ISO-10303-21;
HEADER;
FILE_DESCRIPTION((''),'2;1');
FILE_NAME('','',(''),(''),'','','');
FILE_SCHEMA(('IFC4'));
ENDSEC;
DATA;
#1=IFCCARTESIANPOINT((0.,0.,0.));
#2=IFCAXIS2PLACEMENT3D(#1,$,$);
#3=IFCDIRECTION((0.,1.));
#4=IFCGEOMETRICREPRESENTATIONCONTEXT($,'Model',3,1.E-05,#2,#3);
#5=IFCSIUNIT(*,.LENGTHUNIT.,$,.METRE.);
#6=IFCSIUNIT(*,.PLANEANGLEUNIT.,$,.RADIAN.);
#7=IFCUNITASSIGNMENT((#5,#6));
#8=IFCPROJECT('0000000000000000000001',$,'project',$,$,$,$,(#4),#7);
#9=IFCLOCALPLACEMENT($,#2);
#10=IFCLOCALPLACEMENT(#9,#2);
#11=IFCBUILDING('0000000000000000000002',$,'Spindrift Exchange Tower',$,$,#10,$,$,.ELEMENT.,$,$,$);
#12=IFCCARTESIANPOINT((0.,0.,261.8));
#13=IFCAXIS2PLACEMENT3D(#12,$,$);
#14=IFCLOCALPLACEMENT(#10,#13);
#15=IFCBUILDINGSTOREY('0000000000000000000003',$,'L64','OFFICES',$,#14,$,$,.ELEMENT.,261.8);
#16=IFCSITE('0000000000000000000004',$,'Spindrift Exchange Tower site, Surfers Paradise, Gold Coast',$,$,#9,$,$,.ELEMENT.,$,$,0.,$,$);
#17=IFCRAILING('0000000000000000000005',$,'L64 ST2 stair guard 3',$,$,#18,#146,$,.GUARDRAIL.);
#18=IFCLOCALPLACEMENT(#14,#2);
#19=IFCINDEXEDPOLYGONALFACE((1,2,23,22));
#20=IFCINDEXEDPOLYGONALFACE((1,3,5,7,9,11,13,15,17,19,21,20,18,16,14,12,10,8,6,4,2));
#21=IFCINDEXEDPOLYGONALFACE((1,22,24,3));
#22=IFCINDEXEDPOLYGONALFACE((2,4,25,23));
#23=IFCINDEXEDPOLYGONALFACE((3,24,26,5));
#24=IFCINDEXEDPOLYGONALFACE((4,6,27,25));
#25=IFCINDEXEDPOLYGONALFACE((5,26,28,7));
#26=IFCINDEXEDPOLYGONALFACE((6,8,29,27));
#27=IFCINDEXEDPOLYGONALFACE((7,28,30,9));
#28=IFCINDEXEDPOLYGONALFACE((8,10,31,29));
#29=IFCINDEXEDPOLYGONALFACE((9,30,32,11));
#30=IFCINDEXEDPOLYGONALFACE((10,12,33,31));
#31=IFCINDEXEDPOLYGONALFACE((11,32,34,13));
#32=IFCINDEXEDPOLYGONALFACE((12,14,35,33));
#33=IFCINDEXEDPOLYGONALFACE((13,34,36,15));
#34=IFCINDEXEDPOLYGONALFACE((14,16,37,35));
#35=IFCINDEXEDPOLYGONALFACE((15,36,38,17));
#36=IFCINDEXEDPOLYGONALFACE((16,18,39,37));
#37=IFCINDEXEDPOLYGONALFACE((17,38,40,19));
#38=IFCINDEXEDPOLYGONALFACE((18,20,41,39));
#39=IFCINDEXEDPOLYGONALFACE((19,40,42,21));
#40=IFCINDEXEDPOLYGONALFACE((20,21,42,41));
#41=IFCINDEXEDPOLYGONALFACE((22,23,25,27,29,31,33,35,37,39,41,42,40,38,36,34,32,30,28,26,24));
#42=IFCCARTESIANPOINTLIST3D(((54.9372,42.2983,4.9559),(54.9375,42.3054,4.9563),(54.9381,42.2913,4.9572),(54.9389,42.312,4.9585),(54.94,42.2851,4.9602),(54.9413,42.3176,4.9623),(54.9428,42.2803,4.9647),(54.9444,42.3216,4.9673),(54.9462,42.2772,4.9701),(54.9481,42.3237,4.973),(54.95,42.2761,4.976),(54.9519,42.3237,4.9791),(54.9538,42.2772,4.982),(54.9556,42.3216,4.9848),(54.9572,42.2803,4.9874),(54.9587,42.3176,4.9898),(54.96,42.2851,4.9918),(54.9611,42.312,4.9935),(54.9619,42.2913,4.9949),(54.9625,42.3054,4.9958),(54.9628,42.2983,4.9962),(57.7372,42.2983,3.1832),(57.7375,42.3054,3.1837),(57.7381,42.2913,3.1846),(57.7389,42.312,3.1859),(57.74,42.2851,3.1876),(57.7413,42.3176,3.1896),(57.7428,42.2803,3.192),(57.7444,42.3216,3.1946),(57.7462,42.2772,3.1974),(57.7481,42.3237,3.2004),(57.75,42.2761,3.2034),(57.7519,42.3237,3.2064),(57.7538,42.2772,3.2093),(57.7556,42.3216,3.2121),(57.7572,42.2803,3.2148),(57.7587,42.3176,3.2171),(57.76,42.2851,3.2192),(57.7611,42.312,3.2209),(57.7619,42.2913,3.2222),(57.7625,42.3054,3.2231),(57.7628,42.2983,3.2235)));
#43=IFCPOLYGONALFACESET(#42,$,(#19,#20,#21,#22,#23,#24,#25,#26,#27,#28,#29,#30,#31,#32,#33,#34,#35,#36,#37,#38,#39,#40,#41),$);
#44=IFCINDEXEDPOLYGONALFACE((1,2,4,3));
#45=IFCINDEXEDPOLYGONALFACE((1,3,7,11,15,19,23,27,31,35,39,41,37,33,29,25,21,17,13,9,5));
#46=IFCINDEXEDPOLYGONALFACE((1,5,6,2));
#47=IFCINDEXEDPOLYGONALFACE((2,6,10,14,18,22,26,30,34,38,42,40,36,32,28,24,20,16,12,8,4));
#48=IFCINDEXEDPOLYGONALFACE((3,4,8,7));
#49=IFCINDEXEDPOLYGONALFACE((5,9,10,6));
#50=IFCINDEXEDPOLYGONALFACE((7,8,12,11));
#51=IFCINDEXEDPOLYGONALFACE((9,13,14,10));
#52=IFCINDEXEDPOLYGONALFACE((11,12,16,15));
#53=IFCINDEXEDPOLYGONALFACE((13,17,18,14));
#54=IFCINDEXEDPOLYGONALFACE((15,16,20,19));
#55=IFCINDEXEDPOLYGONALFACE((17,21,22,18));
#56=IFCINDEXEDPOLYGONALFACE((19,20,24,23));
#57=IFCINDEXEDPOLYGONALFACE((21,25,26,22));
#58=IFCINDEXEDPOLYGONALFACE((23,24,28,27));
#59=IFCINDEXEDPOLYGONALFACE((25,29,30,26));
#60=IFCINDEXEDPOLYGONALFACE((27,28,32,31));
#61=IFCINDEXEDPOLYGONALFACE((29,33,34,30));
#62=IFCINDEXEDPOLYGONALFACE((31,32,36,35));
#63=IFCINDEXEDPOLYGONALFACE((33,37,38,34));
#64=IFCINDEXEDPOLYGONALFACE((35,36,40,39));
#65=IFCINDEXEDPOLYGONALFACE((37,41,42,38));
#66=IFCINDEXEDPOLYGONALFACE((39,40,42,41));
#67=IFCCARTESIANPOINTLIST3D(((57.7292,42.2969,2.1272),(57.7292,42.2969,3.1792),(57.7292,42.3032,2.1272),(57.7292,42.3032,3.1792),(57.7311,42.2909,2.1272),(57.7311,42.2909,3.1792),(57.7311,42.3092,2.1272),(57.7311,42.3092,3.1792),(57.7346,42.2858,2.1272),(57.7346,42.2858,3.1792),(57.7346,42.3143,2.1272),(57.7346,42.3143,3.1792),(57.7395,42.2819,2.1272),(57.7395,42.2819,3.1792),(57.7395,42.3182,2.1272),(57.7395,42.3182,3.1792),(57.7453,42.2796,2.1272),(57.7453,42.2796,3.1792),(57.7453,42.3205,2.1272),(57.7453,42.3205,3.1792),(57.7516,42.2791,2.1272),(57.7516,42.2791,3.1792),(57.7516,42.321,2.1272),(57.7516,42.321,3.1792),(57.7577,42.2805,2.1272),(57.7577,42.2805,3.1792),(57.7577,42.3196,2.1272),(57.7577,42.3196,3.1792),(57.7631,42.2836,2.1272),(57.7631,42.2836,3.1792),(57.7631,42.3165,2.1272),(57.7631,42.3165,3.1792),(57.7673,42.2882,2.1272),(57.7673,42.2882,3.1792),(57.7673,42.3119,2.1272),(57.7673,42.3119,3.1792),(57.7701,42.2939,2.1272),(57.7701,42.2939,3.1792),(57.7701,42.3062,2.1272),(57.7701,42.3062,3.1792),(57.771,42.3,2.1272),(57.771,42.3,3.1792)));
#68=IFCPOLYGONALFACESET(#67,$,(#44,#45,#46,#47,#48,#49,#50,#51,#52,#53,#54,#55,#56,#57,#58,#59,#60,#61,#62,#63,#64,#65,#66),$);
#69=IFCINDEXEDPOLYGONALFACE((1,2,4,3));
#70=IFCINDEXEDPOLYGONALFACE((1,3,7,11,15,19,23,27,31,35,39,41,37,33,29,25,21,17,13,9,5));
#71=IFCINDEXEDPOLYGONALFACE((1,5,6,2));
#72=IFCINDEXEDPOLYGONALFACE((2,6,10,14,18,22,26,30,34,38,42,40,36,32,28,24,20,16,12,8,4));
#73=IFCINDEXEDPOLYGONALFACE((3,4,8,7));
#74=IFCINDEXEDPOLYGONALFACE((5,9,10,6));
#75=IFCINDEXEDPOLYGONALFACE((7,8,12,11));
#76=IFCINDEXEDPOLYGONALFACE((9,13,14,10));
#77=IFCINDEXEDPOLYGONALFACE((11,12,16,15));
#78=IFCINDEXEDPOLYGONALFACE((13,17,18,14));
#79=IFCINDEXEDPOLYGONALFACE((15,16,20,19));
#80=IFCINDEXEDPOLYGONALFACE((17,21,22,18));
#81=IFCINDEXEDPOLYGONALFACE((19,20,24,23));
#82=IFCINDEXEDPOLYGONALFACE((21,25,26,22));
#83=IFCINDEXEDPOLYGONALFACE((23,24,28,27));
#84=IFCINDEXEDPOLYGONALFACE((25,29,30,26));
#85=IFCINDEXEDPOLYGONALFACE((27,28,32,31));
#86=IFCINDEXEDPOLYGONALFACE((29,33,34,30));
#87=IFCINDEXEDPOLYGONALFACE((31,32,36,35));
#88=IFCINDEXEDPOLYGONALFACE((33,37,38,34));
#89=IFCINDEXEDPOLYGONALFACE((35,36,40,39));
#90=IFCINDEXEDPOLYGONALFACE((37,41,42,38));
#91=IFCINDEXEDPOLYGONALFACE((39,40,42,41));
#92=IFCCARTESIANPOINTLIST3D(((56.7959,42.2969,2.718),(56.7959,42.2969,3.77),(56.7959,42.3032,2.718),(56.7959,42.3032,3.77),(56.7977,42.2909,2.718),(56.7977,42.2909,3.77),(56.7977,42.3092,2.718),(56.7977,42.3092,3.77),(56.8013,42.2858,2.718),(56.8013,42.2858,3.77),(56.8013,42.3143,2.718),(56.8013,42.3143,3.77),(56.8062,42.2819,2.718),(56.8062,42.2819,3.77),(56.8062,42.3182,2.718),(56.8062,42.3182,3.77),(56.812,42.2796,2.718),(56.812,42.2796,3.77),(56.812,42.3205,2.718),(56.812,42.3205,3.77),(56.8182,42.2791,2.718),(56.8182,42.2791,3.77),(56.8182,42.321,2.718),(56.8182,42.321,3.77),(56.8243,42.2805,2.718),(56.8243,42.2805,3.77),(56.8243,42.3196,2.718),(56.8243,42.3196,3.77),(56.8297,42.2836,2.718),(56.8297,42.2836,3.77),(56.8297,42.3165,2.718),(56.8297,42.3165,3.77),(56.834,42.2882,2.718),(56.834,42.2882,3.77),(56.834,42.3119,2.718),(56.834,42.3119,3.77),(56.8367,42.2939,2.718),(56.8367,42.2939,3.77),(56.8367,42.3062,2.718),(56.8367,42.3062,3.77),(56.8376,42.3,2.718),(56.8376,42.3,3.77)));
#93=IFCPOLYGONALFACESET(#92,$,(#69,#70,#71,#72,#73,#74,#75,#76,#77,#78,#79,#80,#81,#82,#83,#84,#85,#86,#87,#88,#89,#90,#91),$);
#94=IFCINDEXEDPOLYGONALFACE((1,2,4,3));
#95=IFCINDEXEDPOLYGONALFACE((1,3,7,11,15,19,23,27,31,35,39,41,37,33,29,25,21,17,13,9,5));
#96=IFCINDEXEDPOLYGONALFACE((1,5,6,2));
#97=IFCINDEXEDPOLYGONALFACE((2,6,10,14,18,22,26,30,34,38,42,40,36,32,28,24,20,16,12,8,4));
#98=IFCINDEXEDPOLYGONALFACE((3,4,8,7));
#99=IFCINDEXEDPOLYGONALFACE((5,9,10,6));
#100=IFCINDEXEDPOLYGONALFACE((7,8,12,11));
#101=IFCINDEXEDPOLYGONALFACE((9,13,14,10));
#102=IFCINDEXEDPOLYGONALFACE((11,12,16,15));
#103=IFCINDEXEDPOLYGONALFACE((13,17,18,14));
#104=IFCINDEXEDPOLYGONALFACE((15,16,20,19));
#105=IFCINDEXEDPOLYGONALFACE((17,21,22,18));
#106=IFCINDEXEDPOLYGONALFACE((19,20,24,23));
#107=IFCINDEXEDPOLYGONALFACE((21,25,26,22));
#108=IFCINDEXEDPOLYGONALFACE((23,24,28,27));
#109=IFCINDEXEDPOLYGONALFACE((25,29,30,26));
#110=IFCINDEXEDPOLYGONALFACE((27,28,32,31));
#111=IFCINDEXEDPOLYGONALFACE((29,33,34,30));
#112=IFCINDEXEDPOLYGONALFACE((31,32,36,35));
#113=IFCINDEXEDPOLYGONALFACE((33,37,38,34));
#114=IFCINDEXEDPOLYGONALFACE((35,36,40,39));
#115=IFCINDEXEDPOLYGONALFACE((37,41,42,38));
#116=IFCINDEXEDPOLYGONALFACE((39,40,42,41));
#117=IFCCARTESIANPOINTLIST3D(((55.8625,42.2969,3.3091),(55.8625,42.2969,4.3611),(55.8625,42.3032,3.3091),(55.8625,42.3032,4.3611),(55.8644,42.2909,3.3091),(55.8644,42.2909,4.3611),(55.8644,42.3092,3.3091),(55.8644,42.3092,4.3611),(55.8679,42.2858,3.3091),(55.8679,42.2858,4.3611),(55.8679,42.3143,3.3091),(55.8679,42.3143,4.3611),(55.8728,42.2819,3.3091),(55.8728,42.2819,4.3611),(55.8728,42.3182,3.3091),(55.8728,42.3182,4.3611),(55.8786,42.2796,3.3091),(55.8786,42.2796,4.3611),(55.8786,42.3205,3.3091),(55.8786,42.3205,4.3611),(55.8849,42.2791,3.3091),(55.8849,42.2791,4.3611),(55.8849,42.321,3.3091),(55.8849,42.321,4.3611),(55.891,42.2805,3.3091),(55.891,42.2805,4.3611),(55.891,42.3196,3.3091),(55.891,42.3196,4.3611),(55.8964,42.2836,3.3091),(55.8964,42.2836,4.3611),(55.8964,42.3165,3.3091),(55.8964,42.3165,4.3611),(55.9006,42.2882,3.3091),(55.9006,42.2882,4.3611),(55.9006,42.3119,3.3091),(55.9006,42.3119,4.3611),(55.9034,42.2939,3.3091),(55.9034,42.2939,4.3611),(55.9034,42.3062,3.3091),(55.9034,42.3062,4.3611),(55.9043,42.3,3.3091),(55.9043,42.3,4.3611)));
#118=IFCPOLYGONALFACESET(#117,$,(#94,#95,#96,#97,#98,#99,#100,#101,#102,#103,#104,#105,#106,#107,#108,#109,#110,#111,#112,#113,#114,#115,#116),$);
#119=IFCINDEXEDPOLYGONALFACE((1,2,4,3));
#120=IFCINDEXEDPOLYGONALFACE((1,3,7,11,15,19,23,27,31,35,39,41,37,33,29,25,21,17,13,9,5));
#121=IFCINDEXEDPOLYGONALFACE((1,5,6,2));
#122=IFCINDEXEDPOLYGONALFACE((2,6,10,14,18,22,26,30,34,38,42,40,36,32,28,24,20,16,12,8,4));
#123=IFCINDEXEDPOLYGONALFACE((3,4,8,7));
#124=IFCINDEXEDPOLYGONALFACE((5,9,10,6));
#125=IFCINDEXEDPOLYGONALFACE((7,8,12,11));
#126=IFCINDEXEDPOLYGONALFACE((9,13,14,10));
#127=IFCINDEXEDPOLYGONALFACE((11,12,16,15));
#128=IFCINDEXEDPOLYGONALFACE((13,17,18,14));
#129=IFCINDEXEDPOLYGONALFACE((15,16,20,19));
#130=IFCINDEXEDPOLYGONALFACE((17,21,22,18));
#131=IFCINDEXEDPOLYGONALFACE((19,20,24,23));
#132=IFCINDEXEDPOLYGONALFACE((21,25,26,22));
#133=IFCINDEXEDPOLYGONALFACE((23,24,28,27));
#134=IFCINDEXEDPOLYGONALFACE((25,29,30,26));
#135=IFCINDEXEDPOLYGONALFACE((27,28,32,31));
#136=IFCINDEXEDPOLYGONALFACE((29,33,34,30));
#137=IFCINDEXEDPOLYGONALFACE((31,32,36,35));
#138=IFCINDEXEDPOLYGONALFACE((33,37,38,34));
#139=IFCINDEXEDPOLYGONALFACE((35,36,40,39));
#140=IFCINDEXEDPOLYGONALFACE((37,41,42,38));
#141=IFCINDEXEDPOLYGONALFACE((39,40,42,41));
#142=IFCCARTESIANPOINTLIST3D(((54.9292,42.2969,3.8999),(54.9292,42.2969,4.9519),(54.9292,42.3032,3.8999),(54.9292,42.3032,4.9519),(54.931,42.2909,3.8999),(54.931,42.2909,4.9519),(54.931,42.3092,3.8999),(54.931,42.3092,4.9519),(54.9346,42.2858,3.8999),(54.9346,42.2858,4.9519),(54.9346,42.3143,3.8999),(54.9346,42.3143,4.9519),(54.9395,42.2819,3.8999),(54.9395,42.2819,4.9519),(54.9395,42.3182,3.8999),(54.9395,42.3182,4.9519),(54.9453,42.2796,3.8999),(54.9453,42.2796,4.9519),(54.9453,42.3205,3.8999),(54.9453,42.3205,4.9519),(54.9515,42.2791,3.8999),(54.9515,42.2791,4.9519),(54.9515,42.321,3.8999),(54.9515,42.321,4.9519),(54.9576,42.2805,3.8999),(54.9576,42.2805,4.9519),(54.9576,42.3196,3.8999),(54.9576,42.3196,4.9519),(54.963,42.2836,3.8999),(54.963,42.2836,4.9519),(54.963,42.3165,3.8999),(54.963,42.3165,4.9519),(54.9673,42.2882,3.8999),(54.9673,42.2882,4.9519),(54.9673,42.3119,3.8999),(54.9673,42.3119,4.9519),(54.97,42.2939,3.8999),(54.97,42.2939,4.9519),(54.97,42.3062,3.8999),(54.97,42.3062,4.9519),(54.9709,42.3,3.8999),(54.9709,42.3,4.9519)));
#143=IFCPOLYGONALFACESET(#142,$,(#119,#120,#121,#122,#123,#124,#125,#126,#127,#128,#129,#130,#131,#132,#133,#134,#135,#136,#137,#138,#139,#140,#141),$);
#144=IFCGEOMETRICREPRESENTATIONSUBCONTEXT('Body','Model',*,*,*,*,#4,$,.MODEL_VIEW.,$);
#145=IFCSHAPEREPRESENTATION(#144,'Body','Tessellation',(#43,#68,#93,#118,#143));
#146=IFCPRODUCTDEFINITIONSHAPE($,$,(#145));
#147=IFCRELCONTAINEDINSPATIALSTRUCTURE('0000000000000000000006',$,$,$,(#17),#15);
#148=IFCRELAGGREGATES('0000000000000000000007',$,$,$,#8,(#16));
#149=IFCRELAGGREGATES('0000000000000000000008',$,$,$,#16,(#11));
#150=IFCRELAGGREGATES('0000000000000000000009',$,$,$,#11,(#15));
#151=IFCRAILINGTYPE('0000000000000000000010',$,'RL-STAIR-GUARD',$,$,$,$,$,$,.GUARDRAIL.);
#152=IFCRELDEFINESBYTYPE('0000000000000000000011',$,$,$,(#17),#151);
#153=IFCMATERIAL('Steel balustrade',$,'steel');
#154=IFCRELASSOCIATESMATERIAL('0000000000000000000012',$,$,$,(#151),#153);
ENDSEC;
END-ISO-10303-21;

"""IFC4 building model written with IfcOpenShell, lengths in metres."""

from ifc_helpers import new_model, si_unit, direction, frame, origin, origin_2d, place, context, subcontext, project, spatial, circle, extrude, material, type_object, element, save


model = new_model("IFC4")

# Units and contexts
model_context = context("Model", 3, precision=1e-05, world=origin(), true_north=direction((0.0, 1.0)))
body_context = subcontext(model_context, "Body", "Model", "MODEL_VIEW")
ifc_project = project(units=[si_unit("LENGTHUNIT", "METRE"), si_unit("PLANEANGLEUNIT", "RADIAN")], contexts=[model_context])

# Site, building, storey
site_placement = place(None, origin())
site = spatial("IfcSite", under=ifc_project, at=site_placement, Name="Spindrift Exchange Tower site, Surfers Paradise, Gold Coast", CompositionType="ELEMENT", RefElevation=0.0)
building_placement = place(site_placement, origin())
building = spatial("IfcBuilding", under=site, at=building_placement, Name="Spindrift Exchange Tower", CompositionType="ELEMENT")
storey_placement = place(building_placement, frame((0.0, 0.0, 261.8)))
storey = spatial("IfcBuildingStorey", under=building, at=storey_placement, Name="L64", Description="OFFICES", CompositionType="ELEMENT", Elevation=261.8)

# Railing
ifc_material_1 = material(Name="Steel balustrade", Category="steel")
railing_type_1 = type_object("IfcRailingType", Name="RL-STAIR-GUARD", PredefinedType="GUARDRAIL", material=ifc_material_1)
railing_1_placement = place(storey_placement, frame((57.75, 42.3, 2.1272)))
element("IfcRailing", 1, at=railing_1_placement, inside=storey, type_object=railing_type_1, Name="L64 ST2 stair guard 3", PredefinedType="GUARDRAIL", context=body_context, shape_type="SweptSolid", body=[
    extrude(circle(Radius=0.0239, at=origin_2d()), frame((0.0, 0.0, 1.0762), z_axis=(-0.844909, 0.0, 0.53491), x_axis=(0.0, -1.0, 0.0)), (0.0, 0.0, 1.0), 3.314),
    extrude(circle(Radius=0.021, at=origin_2d()), origin(), (0.0, 0.0, 1.0), 1.052),
    extrude(circle(Radius=0.021, at=origin_2d()), frame((-0.9333, 0.0, 0.5908)), (0.0, 0.0, 1.0), 1.052),
    extrude(circle(Radius=0.021, at=origin_2d()), frame((-1.8667, 0.0, 1.1819)), (0.0, 0.0, 1.0), 1.052),
    extrude(circle(Radius=0.021, at=origin_2d()), frame((-2.8, 0.0, 1.7727)), (0.0, 0.0, 1.0), 1.052),
])

save(model, "model.ifc")
